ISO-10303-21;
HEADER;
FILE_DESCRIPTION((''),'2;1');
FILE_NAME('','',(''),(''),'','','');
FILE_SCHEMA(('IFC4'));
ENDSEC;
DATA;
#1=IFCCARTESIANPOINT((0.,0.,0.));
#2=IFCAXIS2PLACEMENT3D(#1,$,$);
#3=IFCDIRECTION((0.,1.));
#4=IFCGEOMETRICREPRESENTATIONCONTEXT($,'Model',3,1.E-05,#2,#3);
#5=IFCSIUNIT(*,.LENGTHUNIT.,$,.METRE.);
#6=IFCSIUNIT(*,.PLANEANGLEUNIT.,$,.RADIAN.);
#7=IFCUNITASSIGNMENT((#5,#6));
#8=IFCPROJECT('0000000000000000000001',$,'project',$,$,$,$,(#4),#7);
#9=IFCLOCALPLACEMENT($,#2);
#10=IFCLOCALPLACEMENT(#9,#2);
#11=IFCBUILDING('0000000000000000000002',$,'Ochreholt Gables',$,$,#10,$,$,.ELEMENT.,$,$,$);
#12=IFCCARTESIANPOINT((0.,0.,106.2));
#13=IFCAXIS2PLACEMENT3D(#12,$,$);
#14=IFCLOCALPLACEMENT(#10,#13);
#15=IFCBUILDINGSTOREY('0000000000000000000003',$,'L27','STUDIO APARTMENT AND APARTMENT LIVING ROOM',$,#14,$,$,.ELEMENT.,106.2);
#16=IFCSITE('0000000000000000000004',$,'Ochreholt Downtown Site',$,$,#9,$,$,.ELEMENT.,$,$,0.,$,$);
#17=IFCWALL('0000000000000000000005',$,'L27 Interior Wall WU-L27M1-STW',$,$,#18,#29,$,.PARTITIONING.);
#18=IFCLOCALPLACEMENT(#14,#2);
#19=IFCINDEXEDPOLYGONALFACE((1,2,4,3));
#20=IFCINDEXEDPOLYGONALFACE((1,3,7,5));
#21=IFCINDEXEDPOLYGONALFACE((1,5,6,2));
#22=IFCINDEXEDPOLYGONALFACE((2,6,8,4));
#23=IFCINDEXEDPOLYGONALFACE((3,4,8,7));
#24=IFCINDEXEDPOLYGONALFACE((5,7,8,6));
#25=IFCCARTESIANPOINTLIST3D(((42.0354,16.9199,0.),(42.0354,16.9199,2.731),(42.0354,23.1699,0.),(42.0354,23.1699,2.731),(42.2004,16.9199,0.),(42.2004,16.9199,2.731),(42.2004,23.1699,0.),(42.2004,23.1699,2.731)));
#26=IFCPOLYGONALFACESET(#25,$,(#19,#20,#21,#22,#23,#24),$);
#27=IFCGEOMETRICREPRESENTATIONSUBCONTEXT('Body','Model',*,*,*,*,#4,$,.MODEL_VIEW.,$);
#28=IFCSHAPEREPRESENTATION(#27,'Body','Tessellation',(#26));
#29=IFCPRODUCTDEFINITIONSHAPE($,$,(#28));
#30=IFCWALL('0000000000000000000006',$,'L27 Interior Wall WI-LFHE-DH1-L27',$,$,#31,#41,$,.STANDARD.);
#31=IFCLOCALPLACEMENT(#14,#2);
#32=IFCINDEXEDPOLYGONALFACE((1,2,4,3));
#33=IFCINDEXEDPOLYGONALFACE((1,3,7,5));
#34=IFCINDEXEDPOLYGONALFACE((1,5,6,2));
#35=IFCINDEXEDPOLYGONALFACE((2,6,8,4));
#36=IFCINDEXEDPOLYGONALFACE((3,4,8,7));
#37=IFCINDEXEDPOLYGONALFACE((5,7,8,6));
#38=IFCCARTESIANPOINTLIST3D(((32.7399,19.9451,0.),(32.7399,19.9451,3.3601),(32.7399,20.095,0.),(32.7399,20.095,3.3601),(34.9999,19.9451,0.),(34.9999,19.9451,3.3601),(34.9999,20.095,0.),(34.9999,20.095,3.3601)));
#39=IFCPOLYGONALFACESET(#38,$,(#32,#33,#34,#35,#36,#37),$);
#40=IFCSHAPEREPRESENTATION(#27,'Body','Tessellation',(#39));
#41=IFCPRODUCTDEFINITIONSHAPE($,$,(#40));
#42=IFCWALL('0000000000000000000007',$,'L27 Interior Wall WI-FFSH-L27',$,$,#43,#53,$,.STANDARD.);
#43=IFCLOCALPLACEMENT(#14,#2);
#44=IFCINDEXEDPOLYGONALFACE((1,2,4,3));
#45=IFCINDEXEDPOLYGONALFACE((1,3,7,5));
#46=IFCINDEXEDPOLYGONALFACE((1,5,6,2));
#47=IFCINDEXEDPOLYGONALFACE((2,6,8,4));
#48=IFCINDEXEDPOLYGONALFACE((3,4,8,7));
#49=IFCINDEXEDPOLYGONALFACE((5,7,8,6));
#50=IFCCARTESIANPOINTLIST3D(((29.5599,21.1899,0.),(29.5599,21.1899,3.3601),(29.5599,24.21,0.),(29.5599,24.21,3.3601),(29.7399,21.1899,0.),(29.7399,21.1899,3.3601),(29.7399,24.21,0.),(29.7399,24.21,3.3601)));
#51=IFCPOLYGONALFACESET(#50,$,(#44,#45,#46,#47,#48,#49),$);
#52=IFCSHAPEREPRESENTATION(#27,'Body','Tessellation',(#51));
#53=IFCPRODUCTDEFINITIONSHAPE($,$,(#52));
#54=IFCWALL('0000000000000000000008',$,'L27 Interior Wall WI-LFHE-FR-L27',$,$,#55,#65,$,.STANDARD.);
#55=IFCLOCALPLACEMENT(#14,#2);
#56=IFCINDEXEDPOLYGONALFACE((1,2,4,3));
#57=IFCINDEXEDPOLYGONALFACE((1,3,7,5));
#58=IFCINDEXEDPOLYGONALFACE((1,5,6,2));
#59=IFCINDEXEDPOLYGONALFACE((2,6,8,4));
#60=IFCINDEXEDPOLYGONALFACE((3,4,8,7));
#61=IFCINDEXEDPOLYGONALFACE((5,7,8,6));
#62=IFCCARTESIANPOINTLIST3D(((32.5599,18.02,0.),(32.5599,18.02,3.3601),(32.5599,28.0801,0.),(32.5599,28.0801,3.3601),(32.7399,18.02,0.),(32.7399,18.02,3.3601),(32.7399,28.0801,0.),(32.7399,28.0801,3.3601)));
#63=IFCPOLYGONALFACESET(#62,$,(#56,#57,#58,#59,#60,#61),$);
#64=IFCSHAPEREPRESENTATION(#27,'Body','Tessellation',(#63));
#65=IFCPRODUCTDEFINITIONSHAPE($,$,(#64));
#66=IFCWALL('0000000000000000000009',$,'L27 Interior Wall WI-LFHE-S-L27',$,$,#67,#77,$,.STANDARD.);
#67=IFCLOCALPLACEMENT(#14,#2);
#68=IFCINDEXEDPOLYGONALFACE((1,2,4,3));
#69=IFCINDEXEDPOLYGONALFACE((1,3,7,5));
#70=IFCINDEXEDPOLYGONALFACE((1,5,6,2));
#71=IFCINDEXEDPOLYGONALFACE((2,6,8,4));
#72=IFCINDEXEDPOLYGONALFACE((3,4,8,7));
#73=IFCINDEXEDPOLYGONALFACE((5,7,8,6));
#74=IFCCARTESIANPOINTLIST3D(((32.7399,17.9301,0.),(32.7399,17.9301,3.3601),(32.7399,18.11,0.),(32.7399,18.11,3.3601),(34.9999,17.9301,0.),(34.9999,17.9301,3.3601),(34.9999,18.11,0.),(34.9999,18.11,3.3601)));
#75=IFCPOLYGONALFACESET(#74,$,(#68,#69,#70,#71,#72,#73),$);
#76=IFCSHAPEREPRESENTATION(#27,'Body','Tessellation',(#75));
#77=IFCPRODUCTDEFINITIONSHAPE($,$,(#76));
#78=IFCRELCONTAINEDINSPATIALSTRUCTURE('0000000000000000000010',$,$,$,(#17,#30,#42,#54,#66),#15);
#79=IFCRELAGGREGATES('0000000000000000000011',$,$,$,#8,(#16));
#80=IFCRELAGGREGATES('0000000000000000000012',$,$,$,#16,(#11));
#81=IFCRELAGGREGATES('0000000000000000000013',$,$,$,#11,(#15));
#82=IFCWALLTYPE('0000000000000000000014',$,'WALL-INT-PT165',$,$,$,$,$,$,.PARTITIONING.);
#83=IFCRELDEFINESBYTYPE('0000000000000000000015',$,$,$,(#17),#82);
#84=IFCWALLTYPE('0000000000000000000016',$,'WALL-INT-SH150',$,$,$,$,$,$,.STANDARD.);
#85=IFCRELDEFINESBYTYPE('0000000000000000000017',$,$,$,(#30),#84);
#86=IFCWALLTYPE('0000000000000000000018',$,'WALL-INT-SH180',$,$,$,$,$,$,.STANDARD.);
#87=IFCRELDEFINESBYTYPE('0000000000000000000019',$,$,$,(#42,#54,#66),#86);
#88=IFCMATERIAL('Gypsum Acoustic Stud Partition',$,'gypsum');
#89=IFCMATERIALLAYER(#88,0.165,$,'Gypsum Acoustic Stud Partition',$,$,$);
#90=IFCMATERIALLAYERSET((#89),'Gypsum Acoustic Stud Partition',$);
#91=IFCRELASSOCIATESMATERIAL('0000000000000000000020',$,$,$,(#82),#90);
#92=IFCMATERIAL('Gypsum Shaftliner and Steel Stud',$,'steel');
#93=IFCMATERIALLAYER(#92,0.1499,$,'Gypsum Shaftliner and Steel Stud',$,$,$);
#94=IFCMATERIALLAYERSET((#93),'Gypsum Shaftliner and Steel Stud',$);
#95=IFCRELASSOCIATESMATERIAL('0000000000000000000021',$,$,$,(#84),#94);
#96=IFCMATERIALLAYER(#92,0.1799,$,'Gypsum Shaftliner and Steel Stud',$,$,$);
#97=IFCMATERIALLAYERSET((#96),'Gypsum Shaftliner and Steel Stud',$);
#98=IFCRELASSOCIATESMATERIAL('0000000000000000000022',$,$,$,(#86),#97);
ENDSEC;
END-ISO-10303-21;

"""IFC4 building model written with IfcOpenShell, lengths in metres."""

from ifc_helpers import new_model, si_unit, direction, frame, frame_2d, origin, place, context, subcontext, project, spatial, rectangle, extrude, material, layer, layer_set, type_object, element, save


model = new_model("IFC4")

# Units and contexts
model_context = context("Model", 3, precision=1e-05, world=origin(), true_north=direction((0.0, 1.0)))
body_context = subcontext(model_context, "Body", "Model", "MODEL_VIEW")
ifc_project = project(units=[si_unit("LENGTHUNIT", "METRE"), si_unit("PLANEANGLEUNIT", "RADIAN")], contexts=[model_context])

# Site, building, storey
site_placement = place(None, origin())
site = spatial("IfcSite", under=ifc_project, at=site_placement, Name="Ochreholt Downtown Site", CompositionType="ELEMENT", RefElevation=0.0)
building_placement = place(site_placement, origin())
building = spatial("IfcBuilding", under=site, at=building_placement, Name="Ochreholt Gables", CompositionType="ELEMENT")
storey_placement = place(building_placement, frame((0.0, 0.0, 106.2)))
storey = spatial("IfcBuildingStorey", under=building, at=storey_placement, Name="L27", Description="STUDIO APARTMENT AND APARTMENT LIVING ROOM", CompositionType="ELEMENT", Elevation=106.2)

# Walls
ifc_material_1 = material(Name="Gypsum Acoustic Stud Partition", Category="gypsum")
ifc_layer_1 = layer(ifc_material_1, 0.165, Name="Gypsum Acoustic Stud Partition")
ifc_layer_set_1 = layer_set([ifc_layer_1], Name="Gypsum Acoustic Stud Partition")
wall_type_1 = type_object("IfcWallType", Name="WALL-INT-PT165", PredefinedType="PARTITIONING", material=ifc_layer_set_1)
wall_1_placement = place(storey_placement, frame((42.1179, 16.9199, 0.0), z_axis=(0.0, 0.0, 1.0), x_axis=(0.0, 1.0, 0.0)))
element("IfcWall", 1, at=wall_1_placement, inside=storey, type_object=wall_type_1, Name="L27 Interior Wall WU-L27M1-STW", PredefinedType="PARTITIONING", context=body_context, shape_type="SweptSolid", body=[
    extrude(rectangle(XDim=6.25, YDim=0.165, at=frame_2d((3.125, 0.0))), origin(), (0.0, 0.0, 1.0), 2.731),
])
ifc_material_2 = material(Name="Gypsum Shaftliner and Steel Stud", Category="steel")
ifc_layer_2 = layer(ifc_material_2, 0.1499, Name="Gypsum Shaftliner and Steel Stud")
ifc_layer_set_2 = layer_set([ifc_layer_2], Name="Gypsum Shaftliner and Steel Stud")
wall_type_2 = type_object("IfcWallType", Name="WALL-INT-SH150", PredefinedType="STANDARD", material=ifc_layer_set_2)
wall_2_placement = place(storey_placement, frame((32.74, 20.02, 0.0), z_axis=(0.0, 0.0, 1.0), x_axis=(1.0, 0.0, 0.0)))
element("IfcWall", 2, at=wall_2_placement, inside=storey, type_object=wall_type_2, Name="L27 Interior Wall WI-LFHE-DH1-L27", PredefinedType="STANDARD", context=body_context, shape_type="SweptSolid", body=[
    extrude(rectangle(XDim=2.26, YDim=0.1499, at=frame_2d((1.1299, 0.0))), origin(), (0.0, 0.0, 1.0), 3.3601),
])
ifc_layer_3 = layer(ifc_material_2, 0.1799, Name="Gypsum Shaftliner and Steel Stud")
ifc_layer_set_3 = layer_set([ifc_layer_3], Name="Gypsum Shaftliner and Steel Stud")
wall_type_3 = type_object("IfcWallType", Name="WALL-INT-SH180", PredefinedType="STANDARD", material=ifc_layer_set_3)
wall_3_placement = place(storey_placement, frame((29.6499, 21.1899, 0.0), z_axis=(0.0, 0.0, 1.0), x_axis=(0.0, 1.0, 0.0)))
element("IfcWall", 3, at=wall_3_placement, inside=storey, type_object=wall_type_3, Name="L27 Interior Wall WI-FFSH-L27", PredefinedType="STANDARD", context=body_context, shape_type="SweptSolid", body=[
    extrude(rectangle(XDim=3.02, YDim=0.1799, at=frame_2d((1.51, 0.0))), origin(), (0.0, 0.0, 1.0), 3.3601),
])
wall_4_placement = place(storey_placement, frame((32.6499, 18.02, 0.0), z_axis=(0.0, 0.0, 1.0), x_axis=(0.0, 1.0, 0.0)))
element("IfcWall", 4, at=wall_4_placement, inside=storey, type_object=wall_type_3, Name="L27 Interior Wall WI-LFHE-FR-L27", PredefinedType="STANDARD", context=body_context, shape_type="SweptSolid", body=[
    extrude(rectangle(XDim=10.0601, YDim=0.1799, at=frame_2d((5.03, 0.0))), origin(), (0.0, 0.0, 1.0), 3.3601),
])
wall_5_placement = place(storey_placement, frame((32.74, 18.02, 0.0), z_axis=(0.0, 0.0, 1.0), x_axis=(1.0, 0.0, 0.0)))
element("IfcWall", 5, at=wall_5_placement, inside=storey, type_object=wall_type_3, Name="L27 Interior Wall WI-LFHE-S-L27", PredefinedType="STANDARD", context=body_context, shape_type="SweptSolid", body=[
    extrude(rectangle(XDim=2.26, YDim=0.1799, at=frame_2d((1.1299, 0.0))), origin(), (0.0, 0.0, 1.0), 3.3601),
])

save(model, "model.ifc")
